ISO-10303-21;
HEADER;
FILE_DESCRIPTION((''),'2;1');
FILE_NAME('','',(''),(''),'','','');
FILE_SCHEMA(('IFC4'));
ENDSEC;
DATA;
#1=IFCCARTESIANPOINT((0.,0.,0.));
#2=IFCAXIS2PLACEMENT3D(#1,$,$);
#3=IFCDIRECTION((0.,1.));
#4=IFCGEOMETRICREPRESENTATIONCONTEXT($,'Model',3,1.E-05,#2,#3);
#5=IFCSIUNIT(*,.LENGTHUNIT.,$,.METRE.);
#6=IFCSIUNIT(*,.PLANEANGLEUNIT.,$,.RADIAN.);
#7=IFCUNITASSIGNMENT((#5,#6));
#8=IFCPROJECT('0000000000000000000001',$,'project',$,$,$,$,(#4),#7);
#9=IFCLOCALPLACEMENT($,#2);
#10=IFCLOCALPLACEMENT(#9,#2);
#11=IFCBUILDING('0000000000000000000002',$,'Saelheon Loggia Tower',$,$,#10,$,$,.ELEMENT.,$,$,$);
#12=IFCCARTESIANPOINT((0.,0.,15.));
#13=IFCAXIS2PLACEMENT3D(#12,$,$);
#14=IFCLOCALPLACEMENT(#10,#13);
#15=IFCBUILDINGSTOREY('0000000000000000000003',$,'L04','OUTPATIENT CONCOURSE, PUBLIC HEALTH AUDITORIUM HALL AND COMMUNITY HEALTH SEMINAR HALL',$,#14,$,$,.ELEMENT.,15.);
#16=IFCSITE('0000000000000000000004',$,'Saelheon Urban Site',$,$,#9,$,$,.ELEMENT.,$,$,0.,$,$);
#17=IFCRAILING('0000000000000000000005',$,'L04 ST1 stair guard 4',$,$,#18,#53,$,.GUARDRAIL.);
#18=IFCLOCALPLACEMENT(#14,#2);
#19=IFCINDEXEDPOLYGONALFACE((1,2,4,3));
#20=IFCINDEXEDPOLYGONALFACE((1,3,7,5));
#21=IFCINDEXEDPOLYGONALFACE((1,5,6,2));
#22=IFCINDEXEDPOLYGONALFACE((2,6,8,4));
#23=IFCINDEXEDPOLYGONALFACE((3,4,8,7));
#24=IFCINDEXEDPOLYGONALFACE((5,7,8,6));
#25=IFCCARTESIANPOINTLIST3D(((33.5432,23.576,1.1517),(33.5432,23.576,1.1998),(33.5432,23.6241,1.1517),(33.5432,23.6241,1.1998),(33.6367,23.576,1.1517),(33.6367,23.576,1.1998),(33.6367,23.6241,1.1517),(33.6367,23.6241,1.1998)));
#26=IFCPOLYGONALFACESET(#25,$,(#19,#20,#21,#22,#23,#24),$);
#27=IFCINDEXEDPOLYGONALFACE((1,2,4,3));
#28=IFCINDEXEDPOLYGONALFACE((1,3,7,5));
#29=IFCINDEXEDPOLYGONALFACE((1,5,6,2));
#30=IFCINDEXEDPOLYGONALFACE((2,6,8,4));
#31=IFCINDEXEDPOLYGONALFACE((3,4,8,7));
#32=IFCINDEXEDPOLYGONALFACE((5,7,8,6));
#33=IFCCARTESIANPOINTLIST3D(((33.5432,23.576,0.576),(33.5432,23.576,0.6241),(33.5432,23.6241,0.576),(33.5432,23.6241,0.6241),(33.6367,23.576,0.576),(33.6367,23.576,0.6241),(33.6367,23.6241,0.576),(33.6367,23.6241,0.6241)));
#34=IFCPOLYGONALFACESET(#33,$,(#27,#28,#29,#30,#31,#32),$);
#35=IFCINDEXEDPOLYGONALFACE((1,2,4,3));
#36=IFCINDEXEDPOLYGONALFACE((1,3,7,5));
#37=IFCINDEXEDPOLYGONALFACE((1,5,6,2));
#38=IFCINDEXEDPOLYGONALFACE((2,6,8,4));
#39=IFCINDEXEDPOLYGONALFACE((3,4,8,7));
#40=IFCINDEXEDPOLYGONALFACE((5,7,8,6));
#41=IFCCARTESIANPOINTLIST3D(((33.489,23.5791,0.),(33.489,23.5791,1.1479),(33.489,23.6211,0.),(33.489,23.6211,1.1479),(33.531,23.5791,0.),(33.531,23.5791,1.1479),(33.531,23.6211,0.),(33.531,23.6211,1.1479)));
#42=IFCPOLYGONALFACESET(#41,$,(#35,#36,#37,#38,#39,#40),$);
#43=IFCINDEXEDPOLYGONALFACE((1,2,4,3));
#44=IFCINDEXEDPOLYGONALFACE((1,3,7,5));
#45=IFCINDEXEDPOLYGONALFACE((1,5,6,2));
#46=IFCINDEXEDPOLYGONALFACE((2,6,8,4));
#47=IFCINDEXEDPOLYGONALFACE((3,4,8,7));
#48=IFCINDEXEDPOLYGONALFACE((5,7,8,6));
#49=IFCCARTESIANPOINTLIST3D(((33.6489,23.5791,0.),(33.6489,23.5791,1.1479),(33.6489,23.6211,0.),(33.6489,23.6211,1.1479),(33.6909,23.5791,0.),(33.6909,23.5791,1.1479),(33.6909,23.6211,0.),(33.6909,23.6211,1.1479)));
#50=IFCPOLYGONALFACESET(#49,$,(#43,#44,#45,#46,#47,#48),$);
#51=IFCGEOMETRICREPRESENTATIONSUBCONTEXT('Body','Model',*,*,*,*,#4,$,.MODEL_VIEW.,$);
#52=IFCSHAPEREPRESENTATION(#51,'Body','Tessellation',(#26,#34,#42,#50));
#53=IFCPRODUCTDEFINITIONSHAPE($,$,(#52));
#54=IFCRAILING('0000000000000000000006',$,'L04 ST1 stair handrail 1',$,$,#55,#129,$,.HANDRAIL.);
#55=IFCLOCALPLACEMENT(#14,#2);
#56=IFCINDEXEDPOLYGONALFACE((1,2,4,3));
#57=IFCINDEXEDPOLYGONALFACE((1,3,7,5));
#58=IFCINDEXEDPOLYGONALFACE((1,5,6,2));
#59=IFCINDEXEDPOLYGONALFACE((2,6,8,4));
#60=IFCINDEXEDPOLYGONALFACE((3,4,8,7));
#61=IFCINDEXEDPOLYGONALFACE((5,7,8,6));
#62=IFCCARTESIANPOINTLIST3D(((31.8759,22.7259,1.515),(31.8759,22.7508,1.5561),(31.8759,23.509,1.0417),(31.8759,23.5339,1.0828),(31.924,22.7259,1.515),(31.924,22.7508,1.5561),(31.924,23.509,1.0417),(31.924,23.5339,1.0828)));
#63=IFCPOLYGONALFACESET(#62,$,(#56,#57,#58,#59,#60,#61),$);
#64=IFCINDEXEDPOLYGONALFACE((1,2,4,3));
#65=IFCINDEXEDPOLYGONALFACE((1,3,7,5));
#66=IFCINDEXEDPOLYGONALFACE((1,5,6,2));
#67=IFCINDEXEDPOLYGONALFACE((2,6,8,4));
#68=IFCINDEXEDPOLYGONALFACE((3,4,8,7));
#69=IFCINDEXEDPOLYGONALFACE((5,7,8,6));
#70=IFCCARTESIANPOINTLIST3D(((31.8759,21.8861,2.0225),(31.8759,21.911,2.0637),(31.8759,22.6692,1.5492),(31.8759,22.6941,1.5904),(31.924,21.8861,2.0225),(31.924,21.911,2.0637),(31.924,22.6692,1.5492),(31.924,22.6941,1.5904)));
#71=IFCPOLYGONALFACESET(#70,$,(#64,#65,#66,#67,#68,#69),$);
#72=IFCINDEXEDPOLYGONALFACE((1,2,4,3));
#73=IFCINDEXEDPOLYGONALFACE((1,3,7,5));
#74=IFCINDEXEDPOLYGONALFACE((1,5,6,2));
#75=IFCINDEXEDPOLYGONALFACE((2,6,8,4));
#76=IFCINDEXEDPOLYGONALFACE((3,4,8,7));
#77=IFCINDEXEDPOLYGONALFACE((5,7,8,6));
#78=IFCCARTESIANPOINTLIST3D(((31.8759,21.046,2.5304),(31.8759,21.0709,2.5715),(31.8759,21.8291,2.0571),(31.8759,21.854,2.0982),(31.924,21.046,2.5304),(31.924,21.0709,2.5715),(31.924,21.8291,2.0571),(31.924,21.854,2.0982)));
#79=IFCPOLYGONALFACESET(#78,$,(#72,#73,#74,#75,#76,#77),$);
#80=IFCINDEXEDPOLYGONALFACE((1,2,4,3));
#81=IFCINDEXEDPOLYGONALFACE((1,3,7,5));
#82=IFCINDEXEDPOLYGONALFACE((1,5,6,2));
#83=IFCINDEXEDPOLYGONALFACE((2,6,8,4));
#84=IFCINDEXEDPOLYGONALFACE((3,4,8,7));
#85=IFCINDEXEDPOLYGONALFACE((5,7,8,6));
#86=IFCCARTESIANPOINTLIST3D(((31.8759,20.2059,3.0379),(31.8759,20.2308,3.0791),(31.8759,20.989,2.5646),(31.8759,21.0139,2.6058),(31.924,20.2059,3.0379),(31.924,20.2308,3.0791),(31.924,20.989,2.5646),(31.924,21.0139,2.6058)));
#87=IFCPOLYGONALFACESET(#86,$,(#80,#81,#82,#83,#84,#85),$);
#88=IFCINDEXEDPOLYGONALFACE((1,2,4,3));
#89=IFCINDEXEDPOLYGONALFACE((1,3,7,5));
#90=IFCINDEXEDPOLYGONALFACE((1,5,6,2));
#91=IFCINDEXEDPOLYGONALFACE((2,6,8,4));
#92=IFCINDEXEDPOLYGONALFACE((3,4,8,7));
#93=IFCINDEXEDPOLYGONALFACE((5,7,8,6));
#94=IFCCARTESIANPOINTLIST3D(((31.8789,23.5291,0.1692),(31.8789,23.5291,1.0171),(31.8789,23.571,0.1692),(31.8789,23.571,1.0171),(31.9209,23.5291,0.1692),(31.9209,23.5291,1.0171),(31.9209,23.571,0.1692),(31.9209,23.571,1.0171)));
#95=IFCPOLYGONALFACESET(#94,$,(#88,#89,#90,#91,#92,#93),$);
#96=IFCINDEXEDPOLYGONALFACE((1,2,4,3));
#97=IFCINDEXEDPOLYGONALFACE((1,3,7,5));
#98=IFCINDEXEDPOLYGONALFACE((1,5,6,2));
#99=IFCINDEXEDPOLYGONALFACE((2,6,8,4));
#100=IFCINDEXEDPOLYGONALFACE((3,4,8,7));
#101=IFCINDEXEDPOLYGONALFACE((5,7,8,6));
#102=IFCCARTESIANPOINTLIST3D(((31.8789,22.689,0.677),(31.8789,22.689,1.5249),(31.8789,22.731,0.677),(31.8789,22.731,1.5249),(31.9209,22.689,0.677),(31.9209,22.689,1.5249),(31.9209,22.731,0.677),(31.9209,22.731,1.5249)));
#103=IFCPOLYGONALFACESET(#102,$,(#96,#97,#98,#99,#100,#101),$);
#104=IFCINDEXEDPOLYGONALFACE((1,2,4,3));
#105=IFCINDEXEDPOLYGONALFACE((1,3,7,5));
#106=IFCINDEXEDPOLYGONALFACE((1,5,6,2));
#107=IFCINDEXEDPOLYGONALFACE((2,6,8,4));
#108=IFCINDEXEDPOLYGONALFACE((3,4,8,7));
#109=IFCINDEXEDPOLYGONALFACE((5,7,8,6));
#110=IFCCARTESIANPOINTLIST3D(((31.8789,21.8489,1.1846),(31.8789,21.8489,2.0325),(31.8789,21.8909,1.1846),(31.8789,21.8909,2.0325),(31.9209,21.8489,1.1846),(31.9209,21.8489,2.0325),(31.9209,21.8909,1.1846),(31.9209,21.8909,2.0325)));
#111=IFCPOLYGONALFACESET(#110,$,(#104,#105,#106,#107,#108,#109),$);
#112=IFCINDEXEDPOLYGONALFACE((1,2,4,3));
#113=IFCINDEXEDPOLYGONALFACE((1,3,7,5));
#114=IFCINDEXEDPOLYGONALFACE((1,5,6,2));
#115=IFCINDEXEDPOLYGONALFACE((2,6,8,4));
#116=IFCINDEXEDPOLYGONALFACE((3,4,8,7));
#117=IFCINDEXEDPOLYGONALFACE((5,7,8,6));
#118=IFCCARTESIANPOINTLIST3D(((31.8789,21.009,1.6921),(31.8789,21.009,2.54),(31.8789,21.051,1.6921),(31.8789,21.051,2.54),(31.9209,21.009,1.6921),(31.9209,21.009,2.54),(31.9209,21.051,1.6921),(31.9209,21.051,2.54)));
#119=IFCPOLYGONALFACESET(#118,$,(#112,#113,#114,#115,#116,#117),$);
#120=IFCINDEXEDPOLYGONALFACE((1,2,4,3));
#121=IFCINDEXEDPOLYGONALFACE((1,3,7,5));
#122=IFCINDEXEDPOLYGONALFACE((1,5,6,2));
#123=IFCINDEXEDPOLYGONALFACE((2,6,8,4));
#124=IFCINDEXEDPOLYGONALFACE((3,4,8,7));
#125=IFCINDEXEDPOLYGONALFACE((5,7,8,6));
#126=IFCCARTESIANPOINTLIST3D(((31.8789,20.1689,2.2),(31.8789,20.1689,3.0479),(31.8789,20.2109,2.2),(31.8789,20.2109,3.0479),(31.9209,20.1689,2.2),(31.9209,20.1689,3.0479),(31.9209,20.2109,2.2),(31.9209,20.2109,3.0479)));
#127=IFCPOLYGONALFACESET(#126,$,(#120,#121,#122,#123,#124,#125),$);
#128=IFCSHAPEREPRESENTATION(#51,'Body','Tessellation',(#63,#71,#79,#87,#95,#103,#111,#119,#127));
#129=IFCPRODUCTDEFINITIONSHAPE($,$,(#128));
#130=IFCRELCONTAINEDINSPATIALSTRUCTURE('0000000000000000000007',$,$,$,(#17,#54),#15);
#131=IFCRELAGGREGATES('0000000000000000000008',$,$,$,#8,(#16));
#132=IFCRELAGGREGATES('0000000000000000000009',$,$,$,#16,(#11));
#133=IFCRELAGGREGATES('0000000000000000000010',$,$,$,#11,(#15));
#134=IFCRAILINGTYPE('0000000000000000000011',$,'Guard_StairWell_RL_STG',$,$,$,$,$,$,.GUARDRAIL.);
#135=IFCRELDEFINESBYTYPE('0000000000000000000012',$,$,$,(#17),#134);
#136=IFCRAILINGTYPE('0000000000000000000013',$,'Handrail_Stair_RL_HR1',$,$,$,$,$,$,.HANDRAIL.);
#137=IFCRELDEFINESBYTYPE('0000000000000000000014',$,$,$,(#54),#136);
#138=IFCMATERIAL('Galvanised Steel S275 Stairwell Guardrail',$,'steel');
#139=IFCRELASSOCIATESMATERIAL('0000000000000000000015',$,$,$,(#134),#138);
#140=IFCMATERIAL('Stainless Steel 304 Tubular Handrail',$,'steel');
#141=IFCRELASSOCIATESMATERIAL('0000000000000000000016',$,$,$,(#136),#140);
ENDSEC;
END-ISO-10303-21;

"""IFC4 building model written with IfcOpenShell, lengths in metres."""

from ifc_helpers import new_model, si_unit, direction, frame, origin, origin_2d, place, context, subcontext, project, spatial, rectangle, extrude, material, type_object, element, save


model = new_model("IFC4")

# Units and contexts
model_context = context("Model", 3, precision=1e-05, world=origin(), true_north=direction((0.0, 1.0)))
body_context = subcontext(model_context, "Body", "Model", "MODEL_VIEW")
ifc_project = project(units=[si_unit("LENGTHUNIT", "METRE"), si_unit("PLANEANGLEUNIT", "RADIAN")], contexts=[model_context])

# Site, building, storey
site_placement = place(None, origin())
site = spatial("IfcSite", under=ifc_project, at=site_placement, Name="Saelheon Urban Site", CompositionType="ELEMENT", RefElevation=0.0)
building_placement = place(site_placement, origin())
building = spatial("IfcBuilding", under=site, at=building_placement, Name="Saelheon Loggia Tower", CompositionType="ELEMENT")
storey_placement = place(building_placement, frame((0.0, 0.0, 15.0)))
storey = spatial("IfcBuildingStorey", under=building, at=storey_placement, Name="L04", Description="OUTPATIENT CONCOURSE, PUBLIC HEALTH AUDITORIUM HALL AND COMMUNITY HEALTH SEMINAR HALL", CompositionType="ELEMENT", Elevation=15.0)

# Railings
ifc_material_1 = material(Name="Galvanised Steel S275 Stairwell Guardrail", Category="steel")
railing_type_1 = type_object("IfcRailingType", Name="Guard_StairWell_RL_STG", PredefinedType="GUARDRAIL", material=ifc_material_1)
railing_1_placement = place(storey_placement, frame((33.51, 23.6001, 0.0)))
element("IfcRailing", 1, at=railing_1_placement, inside=storey, type_object=railing_type_1, Name="L04 ST1 stair guard 4", PredefinedType="GUARDRAIL", context=body_context, shape_type="SweptSolid", body=[
    extrude(rectangle(XDim=0.0481, YDim=0.0481, at=origin_2d()), frame((0.0332, 0.0, 1.1758), z_axis=(1.0, 0.0, 0.0), x_axis=(0.0, 1.0, 0.0)), (0.0, 0.0, 1.0), 0.0935),
    extrude(rectangle(XDim=0.0481, YDim=0.0481, at=origin_2d()), frame((0.0332, 0.0, 0.6001), z_axis=(1.0, 0.0, 0.0), x_axis=(0.0, 1.0, 0.0)), (0.0, 0.0, 1.0), 0.0935),
    extrude(rectangle(XDim=0.042, YDim=0.042, at=origin_2d()), origin(), (0.0, 0.0, 1.0), 1.1479),
    extrude(rectangle(XDim=0.042, YDim=0.042, at=origin_2d()), frame((0.1599, 0.0, 0.0)), (0.0, 0.0, 1.0), 1.1479),
])
ifc_material_2 = material(Name="Stainless Steel 304 Tubular Handrail", Category="steel")
railing_type_2 = type_object("IfcRailingType", Name="Handrail_Stair_RL_HR1", PredefinedType="HANDRAIL", material=ifc_material_2)
railing_2_placement = place(storey_placement, frame((31.8999, 23.55, 0.1692)))
element("IfcRailing", 2, at=railing_2_placement, inside=storey, type_object=railing_type_2, Name="L04 ST1 stair handrail 1", PredefinedType="HANDRAIL", context=body_context, shape_type="SweptSolid", body=[
    extrude(rectangle(XDim=0.0481, YDim=0.0481, at=origin_2d()), frame((0.0, -0.0286, 0.8931), z_axis=(0.0, -0.855837, 0.517246), x_axis=(1.0, 0.0, 0.0)), (0.0, 0.0, 1.0), 0.915),
    extrude(rectangle(XDim=0.0481, YDim=0.0481, at=origin_2d()), frame((0.0, -0.8684, 1.4006), z_axis=(0.0, -0.855837, 0.517246), x_axis=(1.0, 0.0, 0.0)), (0.0, 0.0, 1.0), 0.915),
    extrude(rectangle(XDim=0.0481, YDim=0.0481, at=origin_2d()), frame((0.0, -1.7085, 1.9084), z_axis=(0.0, -0.855837, 0.517246), x_axis=(1.0, 0.0, 0.0)), (0.0, 0.0, 1.0), 0.915),
    extrude(rectangle(XDim=0.0481, YDim=0.0481, at=origin_2d()), frame((0.0, -2.5486, 2.416), z_axis=(0.0, -0.855837, 0.517246), x_axis=(1.0, 0.0, 0.0)), (0.0, 0.0, 1.0), 0.915),
    extrude(rectangle(XDim=0.042, YDim=0.042, at=origin_2d()), origin(), (0.0, 0.0, 1.0), 0.8479),
    extrude(rectangle(XDim=0.042, YDim=0.042, at=origin_2d()), frame((0.0, -0.8401, 0.5078)), (0.0, 0.0, 1.0), 0.8479),
    extrude(rectangle(XDim=0.042, YDim=0.042, at=origin_2d()), frame((0.0, -1.6802, 1.0154)), (0.0, 0.0, 1.0), 0.8479),
    extrude(rectangle(XDim=0.042, YDim=0.042, at=origin_2d()), frame((0.0, -2.52, 1.5229)), (0.0, 0.0, 1.0), 0.8479),
    extrude(rectangle(XDim=0.042, YDim=0.042, at=origin_2d()), frame((0.0, -3.3601, 2.0308)), (0.0, 0.0, 1.0), 0.8479),
])

save(model, "model.ifc")
